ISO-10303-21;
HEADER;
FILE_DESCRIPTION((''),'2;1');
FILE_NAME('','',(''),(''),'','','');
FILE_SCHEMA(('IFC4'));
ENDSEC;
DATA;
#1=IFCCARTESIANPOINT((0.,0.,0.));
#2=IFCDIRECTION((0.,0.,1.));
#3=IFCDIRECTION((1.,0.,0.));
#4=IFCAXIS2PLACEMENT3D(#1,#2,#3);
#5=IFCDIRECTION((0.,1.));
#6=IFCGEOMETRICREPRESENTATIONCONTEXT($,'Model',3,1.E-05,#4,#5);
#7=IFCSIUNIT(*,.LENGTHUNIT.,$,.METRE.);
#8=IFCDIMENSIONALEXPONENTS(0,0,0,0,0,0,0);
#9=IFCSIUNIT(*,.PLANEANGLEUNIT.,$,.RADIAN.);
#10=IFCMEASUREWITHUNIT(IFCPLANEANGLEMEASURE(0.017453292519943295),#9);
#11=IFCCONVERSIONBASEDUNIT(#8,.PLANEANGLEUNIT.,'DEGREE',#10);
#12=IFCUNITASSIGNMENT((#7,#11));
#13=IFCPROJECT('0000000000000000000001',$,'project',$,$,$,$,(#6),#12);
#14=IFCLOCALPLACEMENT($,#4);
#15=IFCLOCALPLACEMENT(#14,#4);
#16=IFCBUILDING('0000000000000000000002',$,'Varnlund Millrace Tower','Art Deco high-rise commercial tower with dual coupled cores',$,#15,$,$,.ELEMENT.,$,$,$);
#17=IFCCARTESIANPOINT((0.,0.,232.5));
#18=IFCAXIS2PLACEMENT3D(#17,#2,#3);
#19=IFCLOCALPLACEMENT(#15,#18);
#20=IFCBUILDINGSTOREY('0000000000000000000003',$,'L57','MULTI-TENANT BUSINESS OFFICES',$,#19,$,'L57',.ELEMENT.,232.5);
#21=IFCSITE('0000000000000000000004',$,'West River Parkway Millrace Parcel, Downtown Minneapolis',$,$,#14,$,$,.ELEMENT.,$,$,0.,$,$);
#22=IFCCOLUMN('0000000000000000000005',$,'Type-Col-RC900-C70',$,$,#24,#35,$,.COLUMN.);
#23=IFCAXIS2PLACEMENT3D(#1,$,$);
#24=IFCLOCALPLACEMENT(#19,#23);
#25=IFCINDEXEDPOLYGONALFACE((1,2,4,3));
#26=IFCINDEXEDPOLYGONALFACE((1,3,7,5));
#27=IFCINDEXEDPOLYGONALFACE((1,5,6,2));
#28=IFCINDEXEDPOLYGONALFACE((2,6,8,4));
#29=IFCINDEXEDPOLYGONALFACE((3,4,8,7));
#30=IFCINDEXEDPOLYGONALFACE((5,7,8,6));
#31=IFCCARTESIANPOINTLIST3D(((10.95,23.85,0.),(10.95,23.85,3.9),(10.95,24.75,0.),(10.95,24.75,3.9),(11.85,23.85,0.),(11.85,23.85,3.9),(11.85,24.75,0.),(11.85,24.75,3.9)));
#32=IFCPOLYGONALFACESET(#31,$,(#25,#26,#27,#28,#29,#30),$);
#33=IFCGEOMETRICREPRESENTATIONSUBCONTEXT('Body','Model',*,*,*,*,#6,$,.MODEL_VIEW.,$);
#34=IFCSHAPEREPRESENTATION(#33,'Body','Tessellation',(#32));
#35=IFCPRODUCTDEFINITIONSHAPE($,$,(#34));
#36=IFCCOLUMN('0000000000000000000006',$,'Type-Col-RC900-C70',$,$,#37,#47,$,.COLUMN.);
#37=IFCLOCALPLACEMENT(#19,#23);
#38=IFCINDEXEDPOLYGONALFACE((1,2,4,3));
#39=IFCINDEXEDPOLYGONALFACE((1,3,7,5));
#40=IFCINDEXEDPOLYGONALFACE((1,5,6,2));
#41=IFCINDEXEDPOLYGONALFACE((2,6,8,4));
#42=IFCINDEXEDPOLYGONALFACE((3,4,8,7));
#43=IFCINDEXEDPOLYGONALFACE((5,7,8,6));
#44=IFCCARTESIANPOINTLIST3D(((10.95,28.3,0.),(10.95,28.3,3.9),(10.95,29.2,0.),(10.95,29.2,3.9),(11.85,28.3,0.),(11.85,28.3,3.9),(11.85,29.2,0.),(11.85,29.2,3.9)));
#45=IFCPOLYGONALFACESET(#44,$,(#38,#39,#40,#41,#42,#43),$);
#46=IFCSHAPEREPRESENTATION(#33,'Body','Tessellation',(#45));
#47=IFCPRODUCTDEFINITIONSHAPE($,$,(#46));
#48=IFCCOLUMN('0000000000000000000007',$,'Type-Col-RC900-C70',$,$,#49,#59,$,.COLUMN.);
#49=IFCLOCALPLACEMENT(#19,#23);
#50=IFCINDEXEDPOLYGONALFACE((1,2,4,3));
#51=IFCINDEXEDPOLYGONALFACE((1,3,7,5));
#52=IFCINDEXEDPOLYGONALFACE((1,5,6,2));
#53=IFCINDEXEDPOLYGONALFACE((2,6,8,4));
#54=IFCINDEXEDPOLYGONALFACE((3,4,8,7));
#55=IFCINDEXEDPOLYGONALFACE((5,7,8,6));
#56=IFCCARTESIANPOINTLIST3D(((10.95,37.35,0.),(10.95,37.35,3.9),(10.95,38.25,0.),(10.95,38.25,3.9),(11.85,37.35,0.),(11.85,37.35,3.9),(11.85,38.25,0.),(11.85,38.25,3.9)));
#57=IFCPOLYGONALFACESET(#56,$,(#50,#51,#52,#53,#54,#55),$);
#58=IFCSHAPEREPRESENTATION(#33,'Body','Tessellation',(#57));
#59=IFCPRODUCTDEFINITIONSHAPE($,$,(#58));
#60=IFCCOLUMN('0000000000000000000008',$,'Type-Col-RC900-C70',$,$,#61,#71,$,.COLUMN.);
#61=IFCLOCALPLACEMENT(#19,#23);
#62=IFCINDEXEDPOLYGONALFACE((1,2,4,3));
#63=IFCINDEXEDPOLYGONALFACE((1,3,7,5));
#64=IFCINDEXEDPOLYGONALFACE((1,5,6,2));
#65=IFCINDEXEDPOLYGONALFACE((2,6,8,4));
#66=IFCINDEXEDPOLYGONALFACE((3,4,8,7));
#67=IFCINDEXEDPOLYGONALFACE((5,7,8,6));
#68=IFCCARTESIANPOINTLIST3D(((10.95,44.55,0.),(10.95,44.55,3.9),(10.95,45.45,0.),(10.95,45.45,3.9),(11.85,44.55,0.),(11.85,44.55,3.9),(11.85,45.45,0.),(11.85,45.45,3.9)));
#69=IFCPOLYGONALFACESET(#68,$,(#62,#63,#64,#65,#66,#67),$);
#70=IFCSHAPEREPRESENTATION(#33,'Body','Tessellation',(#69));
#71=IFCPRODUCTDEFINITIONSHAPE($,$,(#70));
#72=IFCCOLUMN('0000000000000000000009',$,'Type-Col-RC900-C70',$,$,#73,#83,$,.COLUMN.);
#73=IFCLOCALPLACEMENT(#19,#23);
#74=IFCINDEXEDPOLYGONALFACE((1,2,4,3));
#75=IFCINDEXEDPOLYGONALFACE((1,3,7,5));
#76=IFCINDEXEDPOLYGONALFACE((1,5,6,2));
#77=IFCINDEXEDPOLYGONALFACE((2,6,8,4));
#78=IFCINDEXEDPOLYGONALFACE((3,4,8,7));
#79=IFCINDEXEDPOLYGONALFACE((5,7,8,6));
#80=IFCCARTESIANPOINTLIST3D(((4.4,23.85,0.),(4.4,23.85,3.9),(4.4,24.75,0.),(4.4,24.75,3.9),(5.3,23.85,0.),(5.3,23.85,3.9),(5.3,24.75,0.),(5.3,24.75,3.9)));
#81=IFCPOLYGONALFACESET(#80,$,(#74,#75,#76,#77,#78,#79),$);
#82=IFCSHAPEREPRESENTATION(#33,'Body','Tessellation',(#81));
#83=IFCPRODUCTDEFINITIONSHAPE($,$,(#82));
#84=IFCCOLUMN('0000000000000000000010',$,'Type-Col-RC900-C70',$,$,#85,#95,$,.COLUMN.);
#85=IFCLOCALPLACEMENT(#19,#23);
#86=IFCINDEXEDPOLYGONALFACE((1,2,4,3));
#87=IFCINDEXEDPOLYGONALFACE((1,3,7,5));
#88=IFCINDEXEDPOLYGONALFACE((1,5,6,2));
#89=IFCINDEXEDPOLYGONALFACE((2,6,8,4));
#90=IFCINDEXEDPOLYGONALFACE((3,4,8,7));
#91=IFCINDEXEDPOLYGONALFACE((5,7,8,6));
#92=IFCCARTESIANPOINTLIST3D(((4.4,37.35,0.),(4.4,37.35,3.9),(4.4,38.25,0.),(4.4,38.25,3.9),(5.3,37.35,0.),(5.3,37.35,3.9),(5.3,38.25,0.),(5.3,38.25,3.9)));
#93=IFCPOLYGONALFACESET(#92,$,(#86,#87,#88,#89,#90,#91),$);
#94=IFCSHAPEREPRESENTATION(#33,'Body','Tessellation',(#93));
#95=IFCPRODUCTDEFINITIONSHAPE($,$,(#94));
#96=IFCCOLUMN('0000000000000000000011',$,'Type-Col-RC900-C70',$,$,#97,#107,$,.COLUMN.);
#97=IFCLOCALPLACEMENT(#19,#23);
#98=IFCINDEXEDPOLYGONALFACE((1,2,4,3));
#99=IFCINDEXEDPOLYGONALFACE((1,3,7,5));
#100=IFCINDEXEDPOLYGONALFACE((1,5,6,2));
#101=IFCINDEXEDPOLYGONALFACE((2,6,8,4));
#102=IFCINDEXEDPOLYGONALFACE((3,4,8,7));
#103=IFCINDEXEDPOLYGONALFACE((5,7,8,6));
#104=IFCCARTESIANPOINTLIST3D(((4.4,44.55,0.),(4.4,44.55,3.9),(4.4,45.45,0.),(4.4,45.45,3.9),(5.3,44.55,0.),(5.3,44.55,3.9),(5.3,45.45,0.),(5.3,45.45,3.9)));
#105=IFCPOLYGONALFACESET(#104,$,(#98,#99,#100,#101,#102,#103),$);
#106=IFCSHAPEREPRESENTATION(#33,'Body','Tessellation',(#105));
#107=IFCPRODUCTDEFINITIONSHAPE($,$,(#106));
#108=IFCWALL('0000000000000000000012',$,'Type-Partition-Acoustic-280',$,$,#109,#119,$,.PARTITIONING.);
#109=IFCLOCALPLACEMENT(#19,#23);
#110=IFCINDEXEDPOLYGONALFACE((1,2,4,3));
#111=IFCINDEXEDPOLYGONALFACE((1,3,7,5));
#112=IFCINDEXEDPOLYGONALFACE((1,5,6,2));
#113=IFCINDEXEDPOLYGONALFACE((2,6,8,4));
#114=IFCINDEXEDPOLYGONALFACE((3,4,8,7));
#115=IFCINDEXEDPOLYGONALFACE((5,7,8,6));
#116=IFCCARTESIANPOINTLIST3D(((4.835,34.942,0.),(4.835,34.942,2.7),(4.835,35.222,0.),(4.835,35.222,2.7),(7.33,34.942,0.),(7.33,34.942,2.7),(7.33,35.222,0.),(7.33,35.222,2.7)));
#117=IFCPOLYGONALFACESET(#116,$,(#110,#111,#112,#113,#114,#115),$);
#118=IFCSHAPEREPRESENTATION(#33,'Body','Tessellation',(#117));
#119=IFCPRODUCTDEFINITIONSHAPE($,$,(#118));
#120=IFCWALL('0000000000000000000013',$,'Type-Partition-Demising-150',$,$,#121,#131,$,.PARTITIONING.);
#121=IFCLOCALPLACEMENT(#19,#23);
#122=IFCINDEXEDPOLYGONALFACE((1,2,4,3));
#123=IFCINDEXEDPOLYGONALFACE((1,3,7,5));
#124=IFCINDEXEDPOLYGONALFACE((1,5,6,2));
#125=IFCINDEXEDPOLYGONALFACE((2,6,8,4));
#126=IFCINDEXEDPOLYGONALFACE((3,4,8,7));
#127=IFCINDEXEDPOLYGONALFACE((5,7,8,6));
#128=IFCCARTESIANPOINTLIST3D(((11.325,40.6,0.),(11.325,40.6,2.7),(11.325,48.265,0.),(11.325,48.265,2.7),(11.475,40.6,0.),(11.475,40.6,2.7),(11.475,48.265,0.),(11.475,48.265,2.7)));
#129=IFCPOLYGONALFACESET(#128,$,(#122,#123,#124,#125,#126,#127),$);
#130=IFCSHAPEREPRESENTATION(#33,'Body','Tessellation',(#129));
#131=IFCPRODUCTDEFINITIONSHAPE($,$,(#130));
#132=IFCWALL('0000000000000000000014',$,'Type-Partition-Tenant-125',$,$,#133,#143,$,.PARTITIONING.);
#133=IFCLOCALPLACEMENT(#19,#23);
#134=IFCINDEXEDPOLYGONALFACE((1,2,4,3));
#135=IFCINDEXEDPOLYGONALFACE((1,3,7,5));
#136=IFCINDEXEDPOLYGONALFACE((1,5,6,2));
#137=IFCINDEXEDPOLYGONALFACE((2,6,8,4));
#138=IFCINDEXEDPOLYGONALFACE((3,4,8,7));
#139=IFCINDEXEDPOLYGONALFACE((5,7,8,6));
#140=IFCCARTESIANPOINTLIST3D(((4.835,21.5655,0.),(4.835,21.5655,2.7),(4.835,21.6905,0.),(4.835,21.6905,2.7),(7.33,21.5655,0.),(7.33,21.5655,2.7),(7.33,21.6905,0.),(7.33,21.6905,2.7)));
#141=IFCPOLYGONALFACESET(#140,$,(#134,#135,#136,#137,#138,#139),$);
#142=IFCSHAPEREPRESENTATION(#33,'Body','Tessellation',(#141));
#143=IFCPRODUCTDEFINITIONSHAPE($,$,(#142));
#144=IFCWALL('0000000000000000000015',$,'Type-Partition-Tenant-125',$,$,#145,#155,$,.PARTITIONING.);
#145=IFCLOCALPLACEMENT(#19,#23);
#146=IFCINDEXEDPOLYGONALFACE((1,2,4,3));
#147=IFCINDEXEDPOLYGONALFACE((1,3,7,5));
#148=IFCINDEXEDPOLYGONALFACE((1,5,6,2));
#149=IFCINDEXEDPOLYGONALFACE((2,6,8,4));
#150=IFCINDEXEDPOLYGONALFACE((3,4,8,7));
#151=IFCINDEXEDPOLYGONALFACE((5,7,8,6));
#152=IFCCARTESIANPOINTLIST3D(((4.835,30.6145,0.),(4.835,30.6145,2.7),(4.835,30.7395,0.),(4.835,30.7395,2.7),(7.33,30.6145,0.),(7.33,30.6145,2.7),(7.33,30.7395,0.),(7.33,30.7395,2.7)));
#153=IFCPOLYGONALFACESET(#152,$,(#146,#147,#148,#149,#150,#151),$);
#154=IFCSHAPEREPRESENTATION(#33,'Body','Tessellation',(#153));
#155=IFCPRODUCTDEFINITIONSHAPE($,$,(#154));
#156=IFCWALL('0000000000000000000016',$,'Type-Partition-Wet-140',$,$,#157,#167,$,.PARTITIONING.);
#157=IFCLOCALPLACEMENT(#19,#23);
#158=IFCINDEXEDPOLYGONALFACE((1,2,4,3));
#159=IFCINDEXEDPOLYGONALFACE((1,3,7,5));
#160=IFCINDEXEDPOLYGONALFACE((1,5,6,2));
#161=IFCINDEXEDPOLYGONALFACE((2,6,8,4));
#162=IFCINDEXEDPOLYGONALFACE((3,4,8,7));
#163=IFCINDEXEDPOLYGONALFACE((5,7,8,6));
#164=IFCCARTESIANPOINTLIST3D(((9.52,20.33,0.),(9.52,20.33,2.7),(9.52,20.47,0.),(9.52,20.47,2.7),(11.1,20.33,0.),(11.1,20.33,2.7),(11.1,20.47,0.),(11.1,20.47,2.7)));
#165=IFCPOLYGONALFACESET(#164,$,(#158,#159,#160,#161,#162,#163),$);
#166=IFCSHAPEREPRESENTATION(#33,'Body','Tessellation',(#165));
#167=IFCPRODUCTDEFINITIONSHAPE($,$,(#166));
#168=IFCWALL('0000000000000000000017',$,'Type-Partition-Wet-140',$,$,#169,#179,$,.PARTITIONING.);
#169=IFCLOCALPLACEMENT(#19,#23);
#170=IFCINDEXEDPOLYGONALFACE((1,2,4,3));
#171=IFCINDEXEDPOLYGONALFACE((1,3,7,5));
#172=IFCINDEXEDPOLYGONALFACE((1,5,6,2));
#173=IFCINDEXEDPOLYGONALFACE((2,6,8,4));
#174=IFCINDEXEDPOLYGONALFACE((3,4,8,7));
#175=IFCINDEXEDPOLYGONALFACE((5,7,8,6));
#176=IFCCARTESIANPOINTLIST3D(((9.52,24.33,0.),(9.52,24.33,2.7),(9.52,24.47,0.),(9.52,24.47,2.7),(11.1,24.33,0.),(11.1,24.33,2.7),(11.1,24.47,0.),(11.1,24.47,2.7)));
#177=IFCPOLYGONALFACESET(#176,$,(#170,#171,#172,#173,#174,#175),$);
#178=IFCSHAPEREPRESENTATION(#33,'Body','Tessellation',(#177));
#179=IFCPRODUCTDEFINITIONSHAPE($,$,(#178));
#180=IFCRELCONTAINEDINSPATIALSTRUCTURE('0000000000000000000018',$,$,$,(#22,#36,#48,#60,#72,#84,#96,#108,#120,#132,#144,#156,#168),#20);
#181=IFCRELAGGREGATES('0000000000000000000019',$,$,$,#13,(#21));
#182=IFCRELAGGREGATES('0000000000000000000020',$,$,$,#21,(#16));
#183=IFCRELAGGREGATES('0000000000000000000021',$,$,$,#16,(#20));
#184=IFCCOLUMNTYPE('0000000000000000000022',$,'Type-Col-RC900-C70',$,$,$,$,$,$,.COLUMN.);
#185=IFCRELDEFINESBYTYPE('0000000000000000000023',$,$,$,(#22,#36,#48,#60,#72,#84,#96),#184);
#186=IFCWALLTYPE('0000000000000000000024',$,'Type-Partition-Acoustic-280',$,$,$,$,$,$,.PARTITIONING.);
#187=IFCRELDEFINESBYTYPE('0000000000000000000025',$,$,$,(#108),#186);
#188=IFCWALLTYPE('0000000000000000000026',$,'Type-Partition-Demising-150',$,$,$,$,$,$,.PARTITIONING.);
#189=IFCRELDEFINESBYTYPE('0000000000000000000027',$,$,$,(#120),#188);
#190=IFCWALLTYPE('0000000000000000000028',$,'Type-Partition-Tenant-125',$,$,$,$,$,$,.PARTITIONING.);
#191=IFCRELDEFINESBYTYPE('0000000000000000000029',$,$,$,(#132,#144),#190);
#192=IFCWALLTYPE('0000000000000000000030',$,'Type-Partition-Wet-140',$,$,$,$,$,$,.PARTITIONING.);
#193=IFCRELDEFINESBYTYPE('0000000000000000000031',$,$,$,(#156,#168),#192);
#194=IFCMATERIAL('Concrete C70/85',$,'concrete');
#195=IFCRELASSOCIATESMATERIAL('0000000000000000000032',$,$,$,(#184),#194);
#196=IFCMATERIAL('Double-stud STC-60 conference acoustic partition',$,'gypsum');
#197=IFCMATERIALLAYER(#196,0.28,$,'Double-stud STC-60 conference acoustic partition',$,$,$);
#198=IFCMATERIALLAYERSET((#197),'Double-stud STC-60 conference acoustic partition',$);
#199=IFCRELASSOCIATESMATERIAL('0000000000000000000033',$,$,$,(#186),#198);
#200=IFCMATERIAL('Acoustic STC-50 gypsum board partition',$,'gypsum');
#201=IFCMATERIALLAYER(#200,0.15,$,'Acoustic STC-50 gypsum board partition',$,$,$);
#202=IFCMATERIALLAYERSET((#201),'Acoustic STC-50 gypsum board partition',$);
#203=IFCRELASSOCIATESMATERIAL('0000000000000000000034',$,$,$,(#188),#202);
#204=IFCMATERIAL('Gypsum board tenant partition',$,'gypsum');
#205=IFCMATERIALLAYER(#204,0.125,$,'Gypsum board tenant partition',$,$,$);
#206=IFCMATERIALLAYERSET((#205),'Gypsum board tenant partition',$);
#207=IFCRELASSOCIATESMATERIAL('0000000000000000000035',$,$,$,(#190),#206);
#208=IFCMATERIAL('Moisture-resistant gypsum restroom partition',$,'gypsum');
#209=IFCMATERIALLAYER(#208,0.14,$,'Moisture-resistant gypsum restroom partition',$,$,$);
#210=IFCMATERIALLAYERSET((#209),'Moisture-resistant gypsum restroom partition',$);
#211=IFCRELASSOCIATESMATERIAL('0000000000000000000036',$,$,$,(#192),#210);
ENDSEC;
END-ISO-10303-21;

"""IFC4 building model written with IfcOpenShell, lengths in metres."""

from ifc_helpers import new_model, entity, si_unit, converted_unit, direction, frame, origin_with_axes, origin_2d_with_axis, place, context, subcontext, project, spatial, polyline, rectangle, outline, extrude, material, layer, layer_set, material_profile, profile_set, type_object, element, save


model = new_model("IFC4")

# Units and contexts
model_context = context("Model", 3, precision=1e-05, world=origin_with_axes(), true_north=direction((0.0, 1.0)))
body_context = subcontext(model_context, "Body", "Model", "MODEL_VIEW")
ifc_project = project(units=[si_unit("LENGTHUNIT", "METRE"), converted_unit("PLANEANGLEUNIT", "DEGREE", entity("IfcPlaneAngleMeasure", 0.017453292519943295), si_unit("PLANEANGLEUNIT", "RADIAN"), dimensions=[0, 0, 0, 0, 0, 0, 0])], contexts=[model_context])

# Site, building, storey
site_placement = place(None, origin_with_axes())
site = spatial("IfcSite", under=ifc_project, at=site_placement, Name="West River Parkway Millrace Parcel, Downtown Minneapolis", CompositionType="ELEMENT", RefElevation=0.0)
building_placement = place(site_placement, origin_with_axes())
building = spatial("IfcBuilding", under=site, at=building_placement, Name="Varnlund Millrace Tower", Description="Art Deco high-rise commercial tower with dual coupled cores", CompositionType="ELEMENT")
storey_placement = place(building_placement, frame((0.0, 0.0, 232.5), z_axis=(0.0, 0.0, 1.0), x_axis=(1.0, 0.0, 0.0)))
storey = spatial("IfcBuildingStorey", under=building, at=storey_placement, Name="L57", Description="MULTI-TENANT BUSINESS OFFICES", LongName="L57", CompositionType="ELEMENT", Elevation=232.5)

# Columns
ifc_material_1 = material(Name="Concrete C70/85", Category="concrete")
ifc_material_profile = material_profile(ifc_material_1, rectangle(XDim=0.9, YDim=0.9, at=origin_2d_with_axis()), Name="Concrete C70/85")
ifc_profile_set = profile_set([ifc_material_profile], Name="Concrete C70/85")
column_type = type_object("IfcColumnType", Name="Type-Col-RC900-C70", PredefinedType="COLUMN", material=ifc_profile_set)
for number, where, z_axis, x_axis, name in (
    (1, (11.4, 24.3, 0.0), (0.0, 0.0, 1.0), (1.0, 0.0, 0.0), "Type-Col-RC900-C70"),
    (2, (11.4, 28.75, 0.0), (0.0, 0.0, 1.0), (1.0, 0.0, 0.0), "Type-Col-RC900-C70"),
    (3, (11.4, 37.8, 0.0), (0.0, 0.0, 1.0), (1.0, 0.0, 0.0), "Type-Col-RC900-C70"),
    (4, (11.4, 45.0, 0.0), (0.0, 0.0, 1.0), (1.0, 0.0, 0.0), "Type-Col-RC900-C70"),
    (5, (4.85, 24.3, 0.0), (0.0, 0.0, 1.0), (1.0, 0.0, 0.0), "Type-Col-RC900-C70"),
    (6, (4.85, 37.8, 0.0), (0.0, 0.0, 1.0), (1.0, 0.0, 0.0), "Type-Col-RC900-C70"),
    (7, (4.85, 45.0, 0.0), (0.0, 0.0, 1.0), (1.0, 0.0, 0.0), "Type-Col-RC900-C70"),
):
    element("IfcColumn", number, at=place(storey_placement, frame(where, z_axis=z_axis, x_axis=x_axis)), inside=storey, type_object=column_type, Name=name, PredefinedType="COLUMN", context=body_context, shape_type="SweptSolid", body=[
        extrude(rectangle(XDim=0.9, YDim=0.9, at=origin_2d_with_axis()), origin_with_axes(), (0.0, 0.0, 1.0), 3.9),
    ])

# Wall
ifc_material_2 = material(Name="Double-stud STC-60 conference acoustic partition", Category="gypsum")
ifc_layer_1 = layer(ifc_material_2, 0.28, Name="Double-stud STC-60 conference acoustic partition")
ifc_layer_set_1 = layer_set([ifc_layer_1], Name="Double-stud STC-60 conference acoustic partition")
wall_type_1 = type_object("IfcWallType", Name="Type-Partition-Acoustic-280", PredefinedType="PARTITIONING", material=ifc_layer_set_1)
wall_1_placement = place(storey_placement, frame((4.835, 35.082, 0.0), z_axis=(0.0, 0.0, 1.0), x_axis=(1.0, 0.0, 0.0)))
element("IfcWall", 8, at=wall_1_placement, inside=storey, type_object=wall_type_1, Name="Type-Partition-Acoustic-280", PredefinedType="PARTITIONING", context=body_context, shape_type="SweptSolid", body=[
    extrude(outline(polyline([(0.0, -0.14), (2.495, -0.14), (2.495, 0.14), (0.0, 0.14), (0.0, -0.14)])), origin_with_axes(), (0.0, 0.0, 1.0), 2.7),
])

# Walls
ifc_material_3 = material(Name="Acoustic STC-50 gypsum board partition", Category="gypsum")
ifc_layer_2 = layer(ifc_material_3, 0.15, Name="Acoustic STC-50 gypsum board partition")
ifc_layer_set_2 = layer_set([ifc_layer_2], Name="Acoustic STC-50 gypsum board partition")
wall_type_2 = type_object("IfcWallType", Name="Type-Partition-Demising-150", PredefinedType="PARTITIONING", material=ifc_layer_set_2)
wall_2_placement = place(storey_placement, frame((11.4, 40.6, 0.0), z_axis=(0.0, 0.0, 1.0), x_axis=(0.0, 1.0, 0.0)))
element("IfcWall", 9, at=wall_2_placement, inside=storey, type_object=wall_type_2, Name="Type-Partition-Demising-150", PredefinedType="PARTITIONING", context=body_context, shape_type="SweptSolid", body=[
    extrude(outline(polyline([(0.0, -0.075), (7.665, -0.075), (7.665, 0.075), (0.0, 0.075), (0.0, -0.075)])), origin_with_axes(), (0.0, 0.0, 1.0), 2.7),
])
ifc_material_4 = material(Name="Gypsum board tenant partition", Category="gypsum")
ifc_layer_3 = layer(ifc_material_4, 0.125, Name="Gypsum board tenant partition")
ifc_layer_set_3 = layer_set([ifc_layer_3], Name="Gypsum board tenant partition")
wall_type_3 = type_object("IfcWallType", Name="Type-Partition-Tenant-125", PredefinedType="PARTITIONING", material=ifc_layer_set_3)
for number, where, z_axis, x_axis, name in (
    (10, (4.835, 21.628, 0.0), (0.0, 0.0, 1.0), (1.0, 0.0, 0.0), "Type-Partition-Tenant-125"),
    (11, (4.835, 30.677, 0.0), (0.0, 0.0, 1.0), (1.0, 0.0, 0.0), "Type-Partition-Tenant-125"),
):
    element("IfcWall", number, at=place(storey_placement, frame(where, z_axis=z_axis, x_axis=x_axis)), inside=storey, type_object=wall_type_3, Name=name, PredefinedType="PARTITIONING", context=body_context, shape_type="SweptSolid", body=[
        extrude(outline(polyline([(0.0, -0.0625), (2.495, -0.0625), (2.495, 0.0625), (0.0, 0.0625), (0.0, -0.0625)])), origin_with_axes(), (0.0, 0.0, 1.0), 2.7),
    ])
ifc_material_5 = material(Name="Moisture-resistant gypsum restroom partition", Category="gypsum")
ifc_layer_4 = layer(ifc_material_5, 0.14, Name="Moisture-resistant gypsum restroom partition")
ifc_layer_set_4 = layer_set([ifc_layer_4], Name="Moisture-resistant gypsum restroom partition")
wall_type_4 = type_object("IfcWallType", Name="Type-Partition-Wet-140", PredefinedType="PARTITIONING", material=ifc_layer_set_4)
for number, where, z_axis, x_axis, name in (
    (12, (9.52, 20.4, 0.0), (0.0, 0.0, 1.0), (1.0, 0.0, 0.0), "Type-Partition-Wet-140"),
    (13, (9.52, 24.4, 0.0), (0.0, 0.0, 1.0), (1.0, 0.0, 0.0), "Type-Partition-Wet-140"),
):
    element("IfcWall", number, at=place(storey_placement, frame(where, z_axis=z_axis, x_axis=x_axis)), inside=storey, type_object=wall_type_4, Name=name, PredefinedType="PARTITIONING", context=body_context, shape_type="SweptSolid", body=[
        extrude(outline(polyline([(0.0, -0.07), (1.58, -0.07), (1.58, 0.07), (0.0, 0.07), (0.0, -0.07)])), origin_with_axes(), (0.0, 0.0, 1.0), 2.7),
    ])

save(model, "model.ifc")
